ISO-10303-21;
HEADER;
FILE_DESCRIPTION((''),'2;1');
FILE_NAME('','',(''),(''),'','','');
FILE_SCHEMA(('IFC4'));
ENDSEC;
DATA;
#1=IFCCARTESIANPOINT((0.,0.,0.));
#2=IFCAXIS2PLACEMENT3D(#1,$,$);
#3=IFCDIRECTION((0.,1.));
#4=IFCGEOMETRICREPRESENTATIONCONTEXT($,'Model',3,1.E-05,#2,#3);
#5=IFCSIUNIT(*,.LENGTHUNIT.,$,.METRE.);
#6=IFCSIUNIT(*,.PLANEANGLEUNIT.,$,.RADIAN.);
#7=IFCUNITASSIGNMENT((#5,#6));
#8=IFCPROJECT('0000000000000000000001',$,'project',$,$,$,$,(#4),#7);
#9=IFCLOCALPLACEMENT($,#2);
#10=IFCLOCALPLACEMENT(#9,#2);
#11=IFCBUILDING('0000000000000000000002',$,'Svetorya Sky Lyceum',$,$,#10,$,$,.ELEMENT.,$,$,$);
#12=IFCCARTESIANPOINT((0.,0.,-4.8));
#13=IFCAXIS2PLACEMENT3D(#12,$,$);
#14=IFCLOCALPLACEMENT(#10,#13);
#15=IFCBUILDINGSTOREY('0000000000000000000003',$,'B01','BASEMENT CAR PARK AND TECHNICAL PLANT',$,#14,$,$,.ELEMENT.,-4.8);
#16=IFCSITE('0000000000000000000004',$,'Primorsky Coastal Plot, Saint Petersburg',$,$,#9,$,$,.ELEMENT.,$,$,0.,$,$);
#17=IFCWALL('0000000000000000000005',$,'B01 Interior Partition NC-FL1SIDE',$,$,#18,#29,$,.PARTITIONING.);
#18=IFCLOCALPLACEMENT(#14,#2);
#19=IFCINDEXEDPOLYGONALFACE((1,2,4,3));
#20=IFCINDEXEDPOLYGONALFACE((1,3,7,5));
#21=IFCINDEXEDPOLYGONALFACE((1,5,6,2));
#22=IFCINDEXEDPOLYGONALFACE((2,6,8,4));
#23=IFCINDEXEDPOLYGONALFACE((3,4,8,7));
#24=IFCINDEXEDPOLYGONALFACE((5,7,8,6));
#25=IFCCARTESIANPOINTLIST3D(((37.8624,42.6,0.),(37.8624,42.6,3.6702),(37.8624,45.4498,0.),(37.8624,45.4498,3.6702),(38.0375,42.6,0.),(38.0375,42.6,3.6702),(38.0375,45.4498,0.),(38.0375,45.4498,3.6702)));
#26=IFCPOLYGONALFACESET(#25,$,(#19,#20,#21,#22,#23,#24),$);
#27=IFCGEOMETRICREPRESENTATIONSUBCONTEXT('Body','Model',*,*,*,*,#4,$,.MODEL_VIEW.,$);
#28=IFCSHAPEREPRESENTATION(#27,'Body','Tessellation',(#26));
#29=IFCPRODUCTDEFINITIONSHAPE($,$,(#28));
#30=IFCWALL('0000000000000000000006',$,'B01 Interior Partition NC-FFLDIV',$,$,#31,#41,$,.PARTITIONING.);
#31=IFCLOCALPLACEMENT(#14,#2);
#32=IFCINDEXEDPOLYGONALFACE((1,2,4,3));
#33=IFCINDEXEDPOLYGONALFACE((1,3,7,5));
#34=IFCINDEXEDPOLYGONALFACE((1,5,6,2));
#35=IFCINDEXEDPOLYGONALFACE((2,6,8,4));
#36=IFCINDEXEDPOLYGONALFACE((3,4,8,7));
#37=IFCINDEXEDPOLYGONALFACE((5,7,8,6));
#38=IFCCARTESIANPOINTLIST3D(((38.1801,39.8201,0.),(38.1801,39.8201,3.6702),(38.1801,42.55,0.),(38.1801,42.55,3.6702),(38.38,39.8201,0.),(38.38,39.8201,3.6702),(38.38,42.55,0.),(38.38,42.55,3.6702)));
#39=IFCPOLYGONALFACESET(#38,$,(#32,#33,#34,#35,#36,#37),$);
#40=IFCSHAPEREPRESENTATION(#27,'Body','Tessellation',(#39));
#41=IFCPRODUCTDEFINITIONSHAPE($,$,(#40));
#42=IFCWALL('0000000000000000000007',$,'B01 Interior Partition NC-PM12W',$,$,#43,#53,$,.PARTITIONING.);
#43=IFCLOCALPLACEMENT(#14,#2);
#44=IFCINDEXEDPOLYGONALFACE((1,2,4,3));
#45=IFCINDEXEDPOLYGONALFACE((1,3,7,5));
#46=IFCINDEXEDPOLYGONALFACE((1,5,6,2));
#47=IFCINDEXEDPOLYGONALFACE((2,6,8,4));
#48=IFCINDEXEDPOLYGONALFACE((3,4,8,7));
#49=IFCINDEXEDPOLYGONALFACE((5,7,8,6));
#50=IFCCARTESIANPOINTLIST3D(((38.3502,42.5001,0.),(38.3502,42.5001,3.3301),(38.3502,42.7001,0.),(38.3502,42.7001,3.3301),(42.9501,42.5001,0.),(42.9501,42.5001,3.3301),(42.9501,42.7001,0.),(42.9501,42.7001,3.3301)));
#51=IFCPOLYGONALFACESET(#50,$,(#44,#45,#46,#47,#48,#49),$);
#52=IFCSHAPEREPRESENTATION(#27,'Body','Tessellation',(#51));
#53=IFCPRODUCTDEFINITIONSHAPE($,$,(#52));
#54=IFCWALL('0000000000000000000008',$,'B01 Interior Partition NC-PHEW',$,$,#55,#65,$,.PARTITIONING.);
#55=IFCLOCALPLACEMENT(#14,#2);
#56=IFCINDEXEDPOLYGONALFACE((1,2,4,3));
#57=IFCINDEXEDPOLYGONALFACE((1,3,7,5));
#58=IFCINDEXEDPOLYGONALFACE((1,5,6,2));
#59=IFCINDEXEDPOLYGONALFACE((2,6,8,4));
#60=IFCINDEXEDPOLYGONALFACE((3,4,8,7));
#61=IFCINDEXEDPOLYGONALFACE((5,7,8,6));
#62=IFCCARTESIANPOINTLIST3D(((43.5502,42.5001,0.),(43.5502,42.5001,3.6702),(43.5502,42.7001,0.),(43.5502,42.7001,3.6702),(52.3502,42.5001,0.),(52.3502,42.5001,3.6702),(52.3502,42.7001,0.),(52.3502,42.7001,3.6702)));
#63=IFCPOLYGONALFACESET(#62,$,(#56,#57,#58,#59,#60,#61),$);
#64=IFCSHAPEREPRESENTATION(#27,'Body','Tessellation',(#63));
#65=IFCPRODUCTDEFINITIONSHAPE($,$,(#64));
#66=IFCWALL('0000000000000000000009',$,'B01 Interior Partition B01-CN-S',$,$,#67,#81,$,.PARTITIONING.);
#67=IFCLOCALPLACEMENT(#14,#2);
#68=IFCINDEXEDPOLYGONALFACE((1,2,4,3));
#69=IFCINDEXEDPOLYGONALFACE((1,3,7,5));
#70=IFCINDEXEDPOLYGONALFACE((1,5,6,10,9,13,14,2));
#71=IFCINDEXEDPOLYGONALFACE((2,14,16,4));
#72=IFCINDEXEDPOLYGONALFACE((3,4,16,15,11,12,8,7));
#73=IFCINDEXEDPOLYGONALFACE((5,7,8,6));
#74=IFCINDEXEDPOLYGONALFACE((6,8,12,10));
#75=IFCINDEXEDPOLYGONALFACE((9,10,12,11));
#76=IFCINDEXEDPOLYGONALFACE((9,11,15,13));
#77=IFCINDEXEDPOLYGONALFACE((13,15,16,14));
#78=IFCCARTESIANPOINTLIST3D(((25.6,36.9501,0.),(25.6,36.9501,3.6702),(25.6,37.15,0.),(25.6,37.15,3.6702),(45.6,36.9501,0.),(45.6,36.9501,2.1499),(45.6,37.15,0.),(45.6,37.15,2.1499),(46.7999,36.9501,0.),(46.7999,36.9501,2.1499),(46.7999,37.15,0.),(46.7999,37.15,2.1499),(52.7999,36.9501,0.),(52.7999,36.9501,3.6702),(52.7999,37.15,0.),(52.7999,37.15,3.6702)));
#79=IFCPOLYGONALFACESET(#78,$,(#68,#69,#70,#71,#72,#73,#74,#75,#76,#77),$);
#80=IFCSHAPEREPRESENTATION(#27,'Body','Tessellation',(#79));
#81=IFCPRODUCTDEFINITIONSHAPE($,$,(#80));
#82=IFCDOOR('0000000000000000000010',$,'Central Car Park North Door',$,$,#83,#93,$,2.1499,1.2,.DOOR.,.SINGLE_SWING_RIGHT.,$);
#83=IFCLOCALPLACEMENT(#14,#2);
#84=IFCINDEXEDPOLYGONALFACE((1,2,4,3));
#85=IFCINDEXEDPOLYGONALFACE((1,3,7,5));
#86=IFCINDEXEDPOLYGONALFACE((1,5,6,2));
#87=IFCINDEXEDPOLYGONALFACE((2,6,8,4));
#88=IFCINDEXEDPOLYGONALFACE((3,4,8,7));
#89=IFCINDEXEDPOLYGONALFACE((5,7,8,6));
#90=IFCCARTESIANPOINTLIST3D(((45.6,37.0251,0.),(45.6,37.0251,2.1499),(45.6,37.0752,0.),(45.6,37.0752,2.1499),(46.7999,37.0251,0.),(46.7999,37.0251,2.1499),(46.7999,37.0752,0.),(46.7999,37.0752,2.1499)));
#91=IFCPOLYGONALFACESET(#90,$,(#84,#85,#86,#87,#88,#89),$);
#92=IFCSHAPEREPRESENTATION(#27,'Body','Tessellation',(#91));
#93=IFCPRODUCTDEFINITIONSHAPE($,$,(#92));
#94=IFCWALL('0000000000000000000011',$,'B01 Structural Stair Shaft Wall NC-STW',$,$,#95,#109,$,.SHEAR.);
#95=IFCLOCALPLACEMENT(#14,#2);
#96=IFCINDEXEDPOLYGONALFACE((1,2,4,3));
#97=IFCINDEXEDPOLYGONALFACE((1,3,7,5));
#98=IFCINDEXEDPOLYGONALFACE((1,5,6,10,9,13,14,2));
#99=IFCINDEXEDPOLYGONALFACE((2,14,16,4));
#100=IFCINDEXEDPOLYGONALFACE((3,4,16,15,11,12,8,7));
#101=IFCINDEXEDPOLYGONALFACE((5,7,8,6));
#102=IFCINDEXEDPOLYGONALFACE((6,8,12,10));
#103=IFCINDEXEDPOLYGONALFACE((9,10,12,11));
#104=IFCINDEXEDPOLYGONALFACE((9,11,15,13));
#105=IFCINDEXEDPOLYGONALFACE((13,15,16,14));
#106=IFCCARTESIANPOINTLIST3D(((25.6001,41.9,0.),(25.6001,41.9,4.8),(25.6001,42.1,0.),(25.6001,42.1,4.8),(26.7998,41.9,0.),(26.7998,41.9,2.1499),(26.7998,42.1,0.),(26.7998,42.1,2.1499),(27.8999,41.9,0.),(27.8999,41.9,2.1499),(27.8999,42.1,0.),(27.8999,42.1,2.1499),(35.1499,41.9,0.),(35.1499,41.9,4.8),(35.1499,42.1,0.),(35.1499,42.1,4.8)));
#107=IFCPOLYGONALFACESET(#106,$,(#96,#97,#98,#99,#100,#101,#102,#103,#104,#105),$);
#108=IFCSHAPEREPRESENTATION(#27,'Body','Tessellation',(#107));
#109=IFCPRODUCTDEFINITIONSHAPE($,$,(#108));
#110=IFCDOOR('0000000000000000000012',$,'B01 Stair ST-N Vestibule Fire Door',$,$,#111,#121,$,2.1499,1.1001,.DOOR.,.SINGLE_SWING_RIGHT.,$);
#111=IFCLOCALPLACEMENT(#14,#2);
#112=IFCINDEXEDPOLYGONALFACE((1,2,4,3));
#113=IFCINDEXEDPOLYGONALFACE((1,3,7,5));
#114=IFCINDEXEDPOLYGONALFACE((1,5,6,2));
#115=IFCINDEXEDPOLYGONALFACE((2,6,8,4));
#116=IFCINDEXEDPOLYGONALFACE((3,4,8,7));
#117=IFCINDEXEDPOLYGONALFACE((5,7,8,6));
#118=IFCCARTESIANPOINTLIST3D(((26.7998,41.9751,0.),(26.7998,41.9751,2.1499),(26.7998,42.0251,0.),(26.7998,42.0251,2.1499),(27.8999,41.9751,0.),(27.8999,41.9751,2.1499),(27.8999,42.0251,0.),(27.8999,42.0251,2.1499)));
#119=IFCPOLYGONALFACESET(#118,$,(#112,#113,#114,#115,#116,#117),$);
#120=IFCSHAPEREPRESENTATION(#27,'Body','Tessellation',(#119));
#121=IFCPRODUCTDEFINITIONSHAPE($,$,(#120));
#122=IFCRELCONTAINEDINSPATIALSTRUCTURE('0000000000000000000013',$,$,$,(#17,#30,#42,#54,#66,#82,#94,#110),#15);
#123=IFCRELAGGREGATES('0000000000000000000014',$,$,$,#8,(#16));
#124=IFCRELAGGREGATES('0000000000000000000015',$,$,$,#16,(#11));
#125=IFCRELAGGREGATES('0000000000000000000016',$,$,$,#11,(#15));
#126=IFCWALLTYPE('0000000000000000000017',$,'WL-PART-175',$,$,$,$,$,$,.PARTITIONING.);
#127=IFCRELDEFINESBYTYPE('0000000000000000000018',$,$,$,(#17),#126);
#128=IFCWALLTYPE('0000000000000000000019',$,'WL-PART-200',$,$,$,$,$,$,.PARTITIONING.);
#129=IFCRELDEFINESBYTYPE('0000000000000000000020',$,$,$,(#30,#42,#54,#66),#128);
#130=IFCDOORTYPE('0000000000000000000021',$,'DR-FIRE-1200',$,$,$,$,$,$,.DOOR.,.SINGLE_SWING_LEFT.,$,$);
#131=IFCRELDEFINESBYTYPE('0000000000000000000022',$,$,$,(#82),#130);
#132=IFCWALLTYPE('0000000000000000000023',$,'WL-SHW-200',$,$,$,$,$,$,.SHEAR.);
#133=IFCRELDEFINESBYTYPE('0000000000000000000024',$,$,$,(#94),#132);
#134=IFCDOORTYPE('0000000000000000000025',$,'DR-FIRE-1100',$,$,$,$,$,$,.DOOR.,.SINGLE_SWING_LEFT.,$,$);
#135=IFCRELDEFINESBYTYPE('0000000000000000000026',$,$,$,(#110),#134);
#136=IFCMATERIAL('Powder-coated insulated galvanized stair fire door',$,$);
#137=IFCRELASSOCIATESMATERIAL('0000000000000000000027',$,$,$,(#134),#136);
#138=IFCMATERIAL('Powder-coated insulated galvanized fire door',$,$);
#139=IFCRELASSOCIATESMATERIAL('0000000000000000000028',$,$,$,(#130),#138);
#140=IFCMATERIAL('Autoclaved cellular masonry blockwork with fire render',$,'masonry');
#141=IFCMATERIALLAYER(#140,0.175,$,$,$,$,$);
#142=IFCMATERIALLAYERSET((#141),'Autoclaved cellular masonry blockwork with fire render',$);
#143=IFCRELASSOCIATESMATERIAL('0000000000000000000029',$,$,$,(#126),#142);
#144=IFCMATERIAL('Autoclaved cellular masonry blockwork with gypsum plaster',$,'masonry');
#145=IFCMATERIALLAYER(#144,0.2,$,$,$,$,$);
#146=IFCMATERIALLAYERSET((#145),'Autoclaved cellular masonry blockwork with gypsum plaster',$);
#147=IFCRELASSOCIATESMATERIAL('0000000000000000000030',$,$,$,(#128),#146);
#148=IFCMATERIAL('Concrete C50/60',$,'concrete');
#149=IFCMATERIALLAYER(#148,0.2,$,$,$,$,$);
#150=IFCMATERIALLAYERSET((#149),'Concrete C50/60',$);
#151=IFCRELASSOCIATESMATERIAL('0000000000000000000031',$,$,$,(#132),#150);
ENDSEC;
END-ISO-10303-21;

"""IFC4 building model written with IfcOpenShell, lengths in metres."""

from ifc_helpers import new_model, si_unit, direction, frame, frame_2d, origin, place, context, subcontext, project, spatial, rectangle, extrude, material, layer, layer_set, type_object, element, fill, save


model = new_model("IFC4")

# Units and contexts
model_context = context("Model", 3, precision=1e-05, world=origin(), true_north=direction((0.0, 1.0)))
body_context = subcontext(model_context, "Body", "Model", "MODEL_VIEW")
ifc_project = project(units=[si_unit("LENGTHUNIT", "METRE"), si_unit("PLANEANGLEUNIT", "RADIAN")], contexts=[model_context])

# Site, building, storey
site_placement = place(None, origin())
site = spatial("IfcSite", under=ifc_project, at=site_placement, Name="Primorsky Coastal Plot, Saint Petersburg", CompositionType="ELEMENT", RefElevation=0.0)
building_placement = place(site_placement, origin())
building = spatial("IfcBuilding", under=site, at=building_placement, Name="Svetorya Sky Lyceum", CompositionType="ELEMENT")
storey_placement = place(building_placement, frame((0.0, 0.0, -4.8)))
storey = spatial("IfcBuildingStorey", under=building, at=storey_placement, Name="B01", Description="BASEMENT CAR PARK AND TECHNICAL PLANT", CompositionType="ELEMENT", Elevation=-4.8)

# Shared definitions
ifc_material_1 = material(Name="Powder-coated insulated galvanized stair fire door")
door_type_1 = type_object("IfcDoorType", Name="DR-FIRE-1100", OperationType="SINGLE_SWING_LEFT", PredefinedType="DOOR", material=ifc_material_1)
ifc_material_2 = material(Name="Powder-coated insulated galvanized fire door")
door_type_2 = type_object("IfcDoorType", Name="DR-FIRE-1200", OperationType="SINGLE_SWING_LEFT", PredefinedType="DOOR", material=ifc_material_2)

# Wall
ifc_material_3 = material(Name="Autoclaved cellular masonry blockwork with fire render", Category="masonry")
ifc_layer_1 = layer(ifc_material_3, 0.175)
ifc_layer_set_1 = layer_set([ifc_layer_1], Name="Autoclaved cellular masonry blockwork with fire render")
wall_type_1 = type_object("IfcWallType", Name="WL-PART-175", PredefinedType="PARTITIONING", material=ifc_layer_set_1)
wall_1_placement = place(storey_placement, frame((37.95, 42.6001, 0.0), z_axis=(0.0, 0.0, 1.0), x_axis=(0.0, 1.0, 0.0)))
element("IfcWall", 1, at=wall_1_placement, inside=storey, type_object=wall_type_1, Name="B01 Interior Partition NC-FL1SIDE", PredefinedType="PARTITIONING", context=body_context, shape_type="SweptSolid", body=[
    extrude(rectangle(XDim=2.8499, YDim=0.175, at=frame_2d((1.4248, 0.0))), origin(), (0.0, 0.0, 1.0), 3.6702),
])

# Shared definitions
ifc_material_4 = material(Name="Autoclaved cellular masonry blockwork with gypsum plaster", Category="masonry")
ifc_layer_2 = layer(ifc_material_4, 0.2)
ifc_layer_set_2 = layer_set([ifc_layer_2], Name="Autoclaved cellular masonry blockwork with gypsum plaster")
wall_type_2 = type_object("IfcWallType", Name="WL-PART-200", PredefinedType="PARTITIONING", material=ifc_layer_set_2)

# Walls
wall_2_placement = place(storey_placement, frame((38.28, 39.8201, 0.0), z_axis=(0.0, 0.0, 1.0), x_axis=(0.0, 1.0, 0.0)))
element("IfcWall", 2, at=wall_2_placement, inside=storey, type_object=wall_type_2, Name="B01 Interior Partition NC-FFLDIV", PredefinedType="PARTITIONING", context=body_context, shape_type="SweptSolid", body=[
    extrude(rectangle(XDim=2.73, YDim=0.2, at=frame_2d((1.365, 0.0))), origin(), (0.0, 0.0, 1.0), 3.6702),
])
wall_3_placement = place(storey_placement, frame((42.95, 42.6001, 0.0), z_axis=(0.0, 0.0, 1.0), x_axis=(-1.0, 0.0, 0.0)))
element("IfcWall", 3, at=wall_3_placement, inside=storey, type_object=wall_type_2, Name="B01 Interior Partition NC-PM12W", PredefinedType="PARTITIONING", context=body_context, shape_type="SweptSolid", body=[
    extrude(rectangle(XDim=4.5999, YDim=0.2, at=frame_2d((2.2998, 0.0))), origin(), (0.0, 0.0, 1.0), 3.3301),
])
wall_4_placement = place(storey_placement, frame((52.3501, 42.6001, 0.0), z_axis=(0.0, 0.0, 1.0), x_axis=(-1.0, 0.0, 0.0)))
element("IfcWall", 4, at=wall_4_placement, inside=storey, type_object=wall_type_2, Name="B01 Interior Partition NC-PHEW", PredefinedType="PARTITIONING", context=body_context, shape_type="SweptSolid", body=[
    extrude(rectangle(XDim=8.8, YDim=0.2, at=frame_2d((4.3999, 0.0))), origin(), (0.0, 0.0, 1.0), 3.6702),
])

# Walls, openings, doors
wall_5_placement = place(storey_placement, frame((52.8, 37.05, 0.0), z_axis=(0.0, 0.0, 1.0), x_axis=(-1.0, 0.0, 0.0)))
wall_5 = element("IfcWall", 5, at=wall_5_placement, inside=storey, type_object=wall_type_2, Name="B01 Interior Partition B01-CN-S", PredefinedType="PARTITIONING", context=body_context, shape_type="SweptSolid", body=[
    extrude(rectangle(XDim=27.2, YDim=0.2, at=frame_2d((13.6001, 0.0))), origin(), (0.0, 0.0, 1.0), 3.6702),
])
opening_1_placement = place(wall_5_placement, frame((6.0, 0.0, 0.0)))
opening_1 = element("IfcOpeningElement", 6, at=opening_1_placement, cuts=wall_5, PredefinedType="OPENING", context=body_context, shape_type="SweptSolid", body=[
    extrude(rectangle(XDim=1.2, YDim=2.1499, at=frame_2d((0.6001, 1.075))), frame((0.0, 0.1099, 0.0), z_axis=(0.0, -1.0, 0.0), x_axis=(1.0, 0.0, 0.0)), (0.0, 0.0, 1.0), 0.22),
])
door_1_placement = place(opening_1_placement, origin())
door_1 = element("IfcDoor", 7, at=door_1_placement, inside=storey, type_object=door_type_2, Name="Central Car Park North Door", OperationType="SINGLE_SWING_RIGHT", OverallHeight=2.1499, OverallWidth=1.2, PredefinedType="DOOR", context=body_context, shape_type="SweptSolid", body=[
    extrude(rectangle(XDim=1.2, YDim=2.1499, at=frame_2d((0.6001, 1.075))), frame((0.0, 0.0249, 0.0), z_axis=(0.0, -1.0, 0.0), x_axis=(1.0, 0.0, 0.0)), (0.0, 0.0, 1.0), 0.05),
])
fill(opening_1, door_1)
ifc_material_5 = material(Name="Concrete C50/60", Category="concrete")
ifc_layer_3 = layer(ifc_material_5, 0.2)
ifc_layer_set_3 = layer_set([ifc_layer_3], Name="Concrete C50/60")
wall_type_3 = type_object("IfcWallType", Name="WL-SHW-200", PredefinedType="SHEAR", material=ifc_layer_set_3)
wall_6_placement = place(storey_placement, frame((35.1499, 42.0, 0.0), z_axis=(0.0, 0.0, 1.0), x_axis=(-1.0, 0.0, 0.0)))
wall_6 = element("IfcWall", 8, at=wall_6_placement, inside=storey, type_object=wall_type_3, Name="B01 Structural Stair Shaft Wall NC-STW", PredefinedType="SHEAR", context=body_context, shape_type="SweptSolid", body=[
    extrude(rectangle(XDim=9.5498, YDim=0.2, at=frame_2d((4.7749, 0.0))), origin(), (0.0, 0.0, 1.0), 4.8),
])
opening_2_placement = place(wall_6_placement, frame((7.25, 0.0, 0.0)))
opening_2 = element("IfcOpeningElement", 9, at=opening_2_placement, cuts=wall_6, PredefinedType="OPENING", context=body_context, shape_type="SweptSolid", body=[
    extrude(rectangle(XDim=1.1001, YDim=2.1499, at=frame_2d((0.55, 1.075))), frame((0.0, 0.1099, 0.0), z_axis=(0.0, -1.0, 0.0), x_axis=(1.0, 0.0, 0.0)), (0.0, 0.0, 1.0), 0.22),
])
door_2_placement = place(opening_2_placement, origin())
door_2 = element("IfcDoor", 10, at=door_2_placement, inside=storey, type_object=door_type_1, Name="B01 Stair ST-N Vestibule Fire Door", OperationType="SINGLE_SWING_RIGHT", OverallHeight=2.1499, OverallWidth=1.1001, PredefinedType="DOOR", context=body_context, shape_type="SweptSolid", body=[
    extrude(rectangle(XDim=1.1001, YDim=2.1499, at=frame_2d((0.55, 1.075))), frame((0.0, 0.0249, 0.0), z_axis=(0.0, -1.0, 0.0), x_axis=(1.0, 0.0, 0.0)), (0.0, 0.0, 1.0), 0.05),
])
fill(opening_2, door_2)

save(model, "model.ifc")
